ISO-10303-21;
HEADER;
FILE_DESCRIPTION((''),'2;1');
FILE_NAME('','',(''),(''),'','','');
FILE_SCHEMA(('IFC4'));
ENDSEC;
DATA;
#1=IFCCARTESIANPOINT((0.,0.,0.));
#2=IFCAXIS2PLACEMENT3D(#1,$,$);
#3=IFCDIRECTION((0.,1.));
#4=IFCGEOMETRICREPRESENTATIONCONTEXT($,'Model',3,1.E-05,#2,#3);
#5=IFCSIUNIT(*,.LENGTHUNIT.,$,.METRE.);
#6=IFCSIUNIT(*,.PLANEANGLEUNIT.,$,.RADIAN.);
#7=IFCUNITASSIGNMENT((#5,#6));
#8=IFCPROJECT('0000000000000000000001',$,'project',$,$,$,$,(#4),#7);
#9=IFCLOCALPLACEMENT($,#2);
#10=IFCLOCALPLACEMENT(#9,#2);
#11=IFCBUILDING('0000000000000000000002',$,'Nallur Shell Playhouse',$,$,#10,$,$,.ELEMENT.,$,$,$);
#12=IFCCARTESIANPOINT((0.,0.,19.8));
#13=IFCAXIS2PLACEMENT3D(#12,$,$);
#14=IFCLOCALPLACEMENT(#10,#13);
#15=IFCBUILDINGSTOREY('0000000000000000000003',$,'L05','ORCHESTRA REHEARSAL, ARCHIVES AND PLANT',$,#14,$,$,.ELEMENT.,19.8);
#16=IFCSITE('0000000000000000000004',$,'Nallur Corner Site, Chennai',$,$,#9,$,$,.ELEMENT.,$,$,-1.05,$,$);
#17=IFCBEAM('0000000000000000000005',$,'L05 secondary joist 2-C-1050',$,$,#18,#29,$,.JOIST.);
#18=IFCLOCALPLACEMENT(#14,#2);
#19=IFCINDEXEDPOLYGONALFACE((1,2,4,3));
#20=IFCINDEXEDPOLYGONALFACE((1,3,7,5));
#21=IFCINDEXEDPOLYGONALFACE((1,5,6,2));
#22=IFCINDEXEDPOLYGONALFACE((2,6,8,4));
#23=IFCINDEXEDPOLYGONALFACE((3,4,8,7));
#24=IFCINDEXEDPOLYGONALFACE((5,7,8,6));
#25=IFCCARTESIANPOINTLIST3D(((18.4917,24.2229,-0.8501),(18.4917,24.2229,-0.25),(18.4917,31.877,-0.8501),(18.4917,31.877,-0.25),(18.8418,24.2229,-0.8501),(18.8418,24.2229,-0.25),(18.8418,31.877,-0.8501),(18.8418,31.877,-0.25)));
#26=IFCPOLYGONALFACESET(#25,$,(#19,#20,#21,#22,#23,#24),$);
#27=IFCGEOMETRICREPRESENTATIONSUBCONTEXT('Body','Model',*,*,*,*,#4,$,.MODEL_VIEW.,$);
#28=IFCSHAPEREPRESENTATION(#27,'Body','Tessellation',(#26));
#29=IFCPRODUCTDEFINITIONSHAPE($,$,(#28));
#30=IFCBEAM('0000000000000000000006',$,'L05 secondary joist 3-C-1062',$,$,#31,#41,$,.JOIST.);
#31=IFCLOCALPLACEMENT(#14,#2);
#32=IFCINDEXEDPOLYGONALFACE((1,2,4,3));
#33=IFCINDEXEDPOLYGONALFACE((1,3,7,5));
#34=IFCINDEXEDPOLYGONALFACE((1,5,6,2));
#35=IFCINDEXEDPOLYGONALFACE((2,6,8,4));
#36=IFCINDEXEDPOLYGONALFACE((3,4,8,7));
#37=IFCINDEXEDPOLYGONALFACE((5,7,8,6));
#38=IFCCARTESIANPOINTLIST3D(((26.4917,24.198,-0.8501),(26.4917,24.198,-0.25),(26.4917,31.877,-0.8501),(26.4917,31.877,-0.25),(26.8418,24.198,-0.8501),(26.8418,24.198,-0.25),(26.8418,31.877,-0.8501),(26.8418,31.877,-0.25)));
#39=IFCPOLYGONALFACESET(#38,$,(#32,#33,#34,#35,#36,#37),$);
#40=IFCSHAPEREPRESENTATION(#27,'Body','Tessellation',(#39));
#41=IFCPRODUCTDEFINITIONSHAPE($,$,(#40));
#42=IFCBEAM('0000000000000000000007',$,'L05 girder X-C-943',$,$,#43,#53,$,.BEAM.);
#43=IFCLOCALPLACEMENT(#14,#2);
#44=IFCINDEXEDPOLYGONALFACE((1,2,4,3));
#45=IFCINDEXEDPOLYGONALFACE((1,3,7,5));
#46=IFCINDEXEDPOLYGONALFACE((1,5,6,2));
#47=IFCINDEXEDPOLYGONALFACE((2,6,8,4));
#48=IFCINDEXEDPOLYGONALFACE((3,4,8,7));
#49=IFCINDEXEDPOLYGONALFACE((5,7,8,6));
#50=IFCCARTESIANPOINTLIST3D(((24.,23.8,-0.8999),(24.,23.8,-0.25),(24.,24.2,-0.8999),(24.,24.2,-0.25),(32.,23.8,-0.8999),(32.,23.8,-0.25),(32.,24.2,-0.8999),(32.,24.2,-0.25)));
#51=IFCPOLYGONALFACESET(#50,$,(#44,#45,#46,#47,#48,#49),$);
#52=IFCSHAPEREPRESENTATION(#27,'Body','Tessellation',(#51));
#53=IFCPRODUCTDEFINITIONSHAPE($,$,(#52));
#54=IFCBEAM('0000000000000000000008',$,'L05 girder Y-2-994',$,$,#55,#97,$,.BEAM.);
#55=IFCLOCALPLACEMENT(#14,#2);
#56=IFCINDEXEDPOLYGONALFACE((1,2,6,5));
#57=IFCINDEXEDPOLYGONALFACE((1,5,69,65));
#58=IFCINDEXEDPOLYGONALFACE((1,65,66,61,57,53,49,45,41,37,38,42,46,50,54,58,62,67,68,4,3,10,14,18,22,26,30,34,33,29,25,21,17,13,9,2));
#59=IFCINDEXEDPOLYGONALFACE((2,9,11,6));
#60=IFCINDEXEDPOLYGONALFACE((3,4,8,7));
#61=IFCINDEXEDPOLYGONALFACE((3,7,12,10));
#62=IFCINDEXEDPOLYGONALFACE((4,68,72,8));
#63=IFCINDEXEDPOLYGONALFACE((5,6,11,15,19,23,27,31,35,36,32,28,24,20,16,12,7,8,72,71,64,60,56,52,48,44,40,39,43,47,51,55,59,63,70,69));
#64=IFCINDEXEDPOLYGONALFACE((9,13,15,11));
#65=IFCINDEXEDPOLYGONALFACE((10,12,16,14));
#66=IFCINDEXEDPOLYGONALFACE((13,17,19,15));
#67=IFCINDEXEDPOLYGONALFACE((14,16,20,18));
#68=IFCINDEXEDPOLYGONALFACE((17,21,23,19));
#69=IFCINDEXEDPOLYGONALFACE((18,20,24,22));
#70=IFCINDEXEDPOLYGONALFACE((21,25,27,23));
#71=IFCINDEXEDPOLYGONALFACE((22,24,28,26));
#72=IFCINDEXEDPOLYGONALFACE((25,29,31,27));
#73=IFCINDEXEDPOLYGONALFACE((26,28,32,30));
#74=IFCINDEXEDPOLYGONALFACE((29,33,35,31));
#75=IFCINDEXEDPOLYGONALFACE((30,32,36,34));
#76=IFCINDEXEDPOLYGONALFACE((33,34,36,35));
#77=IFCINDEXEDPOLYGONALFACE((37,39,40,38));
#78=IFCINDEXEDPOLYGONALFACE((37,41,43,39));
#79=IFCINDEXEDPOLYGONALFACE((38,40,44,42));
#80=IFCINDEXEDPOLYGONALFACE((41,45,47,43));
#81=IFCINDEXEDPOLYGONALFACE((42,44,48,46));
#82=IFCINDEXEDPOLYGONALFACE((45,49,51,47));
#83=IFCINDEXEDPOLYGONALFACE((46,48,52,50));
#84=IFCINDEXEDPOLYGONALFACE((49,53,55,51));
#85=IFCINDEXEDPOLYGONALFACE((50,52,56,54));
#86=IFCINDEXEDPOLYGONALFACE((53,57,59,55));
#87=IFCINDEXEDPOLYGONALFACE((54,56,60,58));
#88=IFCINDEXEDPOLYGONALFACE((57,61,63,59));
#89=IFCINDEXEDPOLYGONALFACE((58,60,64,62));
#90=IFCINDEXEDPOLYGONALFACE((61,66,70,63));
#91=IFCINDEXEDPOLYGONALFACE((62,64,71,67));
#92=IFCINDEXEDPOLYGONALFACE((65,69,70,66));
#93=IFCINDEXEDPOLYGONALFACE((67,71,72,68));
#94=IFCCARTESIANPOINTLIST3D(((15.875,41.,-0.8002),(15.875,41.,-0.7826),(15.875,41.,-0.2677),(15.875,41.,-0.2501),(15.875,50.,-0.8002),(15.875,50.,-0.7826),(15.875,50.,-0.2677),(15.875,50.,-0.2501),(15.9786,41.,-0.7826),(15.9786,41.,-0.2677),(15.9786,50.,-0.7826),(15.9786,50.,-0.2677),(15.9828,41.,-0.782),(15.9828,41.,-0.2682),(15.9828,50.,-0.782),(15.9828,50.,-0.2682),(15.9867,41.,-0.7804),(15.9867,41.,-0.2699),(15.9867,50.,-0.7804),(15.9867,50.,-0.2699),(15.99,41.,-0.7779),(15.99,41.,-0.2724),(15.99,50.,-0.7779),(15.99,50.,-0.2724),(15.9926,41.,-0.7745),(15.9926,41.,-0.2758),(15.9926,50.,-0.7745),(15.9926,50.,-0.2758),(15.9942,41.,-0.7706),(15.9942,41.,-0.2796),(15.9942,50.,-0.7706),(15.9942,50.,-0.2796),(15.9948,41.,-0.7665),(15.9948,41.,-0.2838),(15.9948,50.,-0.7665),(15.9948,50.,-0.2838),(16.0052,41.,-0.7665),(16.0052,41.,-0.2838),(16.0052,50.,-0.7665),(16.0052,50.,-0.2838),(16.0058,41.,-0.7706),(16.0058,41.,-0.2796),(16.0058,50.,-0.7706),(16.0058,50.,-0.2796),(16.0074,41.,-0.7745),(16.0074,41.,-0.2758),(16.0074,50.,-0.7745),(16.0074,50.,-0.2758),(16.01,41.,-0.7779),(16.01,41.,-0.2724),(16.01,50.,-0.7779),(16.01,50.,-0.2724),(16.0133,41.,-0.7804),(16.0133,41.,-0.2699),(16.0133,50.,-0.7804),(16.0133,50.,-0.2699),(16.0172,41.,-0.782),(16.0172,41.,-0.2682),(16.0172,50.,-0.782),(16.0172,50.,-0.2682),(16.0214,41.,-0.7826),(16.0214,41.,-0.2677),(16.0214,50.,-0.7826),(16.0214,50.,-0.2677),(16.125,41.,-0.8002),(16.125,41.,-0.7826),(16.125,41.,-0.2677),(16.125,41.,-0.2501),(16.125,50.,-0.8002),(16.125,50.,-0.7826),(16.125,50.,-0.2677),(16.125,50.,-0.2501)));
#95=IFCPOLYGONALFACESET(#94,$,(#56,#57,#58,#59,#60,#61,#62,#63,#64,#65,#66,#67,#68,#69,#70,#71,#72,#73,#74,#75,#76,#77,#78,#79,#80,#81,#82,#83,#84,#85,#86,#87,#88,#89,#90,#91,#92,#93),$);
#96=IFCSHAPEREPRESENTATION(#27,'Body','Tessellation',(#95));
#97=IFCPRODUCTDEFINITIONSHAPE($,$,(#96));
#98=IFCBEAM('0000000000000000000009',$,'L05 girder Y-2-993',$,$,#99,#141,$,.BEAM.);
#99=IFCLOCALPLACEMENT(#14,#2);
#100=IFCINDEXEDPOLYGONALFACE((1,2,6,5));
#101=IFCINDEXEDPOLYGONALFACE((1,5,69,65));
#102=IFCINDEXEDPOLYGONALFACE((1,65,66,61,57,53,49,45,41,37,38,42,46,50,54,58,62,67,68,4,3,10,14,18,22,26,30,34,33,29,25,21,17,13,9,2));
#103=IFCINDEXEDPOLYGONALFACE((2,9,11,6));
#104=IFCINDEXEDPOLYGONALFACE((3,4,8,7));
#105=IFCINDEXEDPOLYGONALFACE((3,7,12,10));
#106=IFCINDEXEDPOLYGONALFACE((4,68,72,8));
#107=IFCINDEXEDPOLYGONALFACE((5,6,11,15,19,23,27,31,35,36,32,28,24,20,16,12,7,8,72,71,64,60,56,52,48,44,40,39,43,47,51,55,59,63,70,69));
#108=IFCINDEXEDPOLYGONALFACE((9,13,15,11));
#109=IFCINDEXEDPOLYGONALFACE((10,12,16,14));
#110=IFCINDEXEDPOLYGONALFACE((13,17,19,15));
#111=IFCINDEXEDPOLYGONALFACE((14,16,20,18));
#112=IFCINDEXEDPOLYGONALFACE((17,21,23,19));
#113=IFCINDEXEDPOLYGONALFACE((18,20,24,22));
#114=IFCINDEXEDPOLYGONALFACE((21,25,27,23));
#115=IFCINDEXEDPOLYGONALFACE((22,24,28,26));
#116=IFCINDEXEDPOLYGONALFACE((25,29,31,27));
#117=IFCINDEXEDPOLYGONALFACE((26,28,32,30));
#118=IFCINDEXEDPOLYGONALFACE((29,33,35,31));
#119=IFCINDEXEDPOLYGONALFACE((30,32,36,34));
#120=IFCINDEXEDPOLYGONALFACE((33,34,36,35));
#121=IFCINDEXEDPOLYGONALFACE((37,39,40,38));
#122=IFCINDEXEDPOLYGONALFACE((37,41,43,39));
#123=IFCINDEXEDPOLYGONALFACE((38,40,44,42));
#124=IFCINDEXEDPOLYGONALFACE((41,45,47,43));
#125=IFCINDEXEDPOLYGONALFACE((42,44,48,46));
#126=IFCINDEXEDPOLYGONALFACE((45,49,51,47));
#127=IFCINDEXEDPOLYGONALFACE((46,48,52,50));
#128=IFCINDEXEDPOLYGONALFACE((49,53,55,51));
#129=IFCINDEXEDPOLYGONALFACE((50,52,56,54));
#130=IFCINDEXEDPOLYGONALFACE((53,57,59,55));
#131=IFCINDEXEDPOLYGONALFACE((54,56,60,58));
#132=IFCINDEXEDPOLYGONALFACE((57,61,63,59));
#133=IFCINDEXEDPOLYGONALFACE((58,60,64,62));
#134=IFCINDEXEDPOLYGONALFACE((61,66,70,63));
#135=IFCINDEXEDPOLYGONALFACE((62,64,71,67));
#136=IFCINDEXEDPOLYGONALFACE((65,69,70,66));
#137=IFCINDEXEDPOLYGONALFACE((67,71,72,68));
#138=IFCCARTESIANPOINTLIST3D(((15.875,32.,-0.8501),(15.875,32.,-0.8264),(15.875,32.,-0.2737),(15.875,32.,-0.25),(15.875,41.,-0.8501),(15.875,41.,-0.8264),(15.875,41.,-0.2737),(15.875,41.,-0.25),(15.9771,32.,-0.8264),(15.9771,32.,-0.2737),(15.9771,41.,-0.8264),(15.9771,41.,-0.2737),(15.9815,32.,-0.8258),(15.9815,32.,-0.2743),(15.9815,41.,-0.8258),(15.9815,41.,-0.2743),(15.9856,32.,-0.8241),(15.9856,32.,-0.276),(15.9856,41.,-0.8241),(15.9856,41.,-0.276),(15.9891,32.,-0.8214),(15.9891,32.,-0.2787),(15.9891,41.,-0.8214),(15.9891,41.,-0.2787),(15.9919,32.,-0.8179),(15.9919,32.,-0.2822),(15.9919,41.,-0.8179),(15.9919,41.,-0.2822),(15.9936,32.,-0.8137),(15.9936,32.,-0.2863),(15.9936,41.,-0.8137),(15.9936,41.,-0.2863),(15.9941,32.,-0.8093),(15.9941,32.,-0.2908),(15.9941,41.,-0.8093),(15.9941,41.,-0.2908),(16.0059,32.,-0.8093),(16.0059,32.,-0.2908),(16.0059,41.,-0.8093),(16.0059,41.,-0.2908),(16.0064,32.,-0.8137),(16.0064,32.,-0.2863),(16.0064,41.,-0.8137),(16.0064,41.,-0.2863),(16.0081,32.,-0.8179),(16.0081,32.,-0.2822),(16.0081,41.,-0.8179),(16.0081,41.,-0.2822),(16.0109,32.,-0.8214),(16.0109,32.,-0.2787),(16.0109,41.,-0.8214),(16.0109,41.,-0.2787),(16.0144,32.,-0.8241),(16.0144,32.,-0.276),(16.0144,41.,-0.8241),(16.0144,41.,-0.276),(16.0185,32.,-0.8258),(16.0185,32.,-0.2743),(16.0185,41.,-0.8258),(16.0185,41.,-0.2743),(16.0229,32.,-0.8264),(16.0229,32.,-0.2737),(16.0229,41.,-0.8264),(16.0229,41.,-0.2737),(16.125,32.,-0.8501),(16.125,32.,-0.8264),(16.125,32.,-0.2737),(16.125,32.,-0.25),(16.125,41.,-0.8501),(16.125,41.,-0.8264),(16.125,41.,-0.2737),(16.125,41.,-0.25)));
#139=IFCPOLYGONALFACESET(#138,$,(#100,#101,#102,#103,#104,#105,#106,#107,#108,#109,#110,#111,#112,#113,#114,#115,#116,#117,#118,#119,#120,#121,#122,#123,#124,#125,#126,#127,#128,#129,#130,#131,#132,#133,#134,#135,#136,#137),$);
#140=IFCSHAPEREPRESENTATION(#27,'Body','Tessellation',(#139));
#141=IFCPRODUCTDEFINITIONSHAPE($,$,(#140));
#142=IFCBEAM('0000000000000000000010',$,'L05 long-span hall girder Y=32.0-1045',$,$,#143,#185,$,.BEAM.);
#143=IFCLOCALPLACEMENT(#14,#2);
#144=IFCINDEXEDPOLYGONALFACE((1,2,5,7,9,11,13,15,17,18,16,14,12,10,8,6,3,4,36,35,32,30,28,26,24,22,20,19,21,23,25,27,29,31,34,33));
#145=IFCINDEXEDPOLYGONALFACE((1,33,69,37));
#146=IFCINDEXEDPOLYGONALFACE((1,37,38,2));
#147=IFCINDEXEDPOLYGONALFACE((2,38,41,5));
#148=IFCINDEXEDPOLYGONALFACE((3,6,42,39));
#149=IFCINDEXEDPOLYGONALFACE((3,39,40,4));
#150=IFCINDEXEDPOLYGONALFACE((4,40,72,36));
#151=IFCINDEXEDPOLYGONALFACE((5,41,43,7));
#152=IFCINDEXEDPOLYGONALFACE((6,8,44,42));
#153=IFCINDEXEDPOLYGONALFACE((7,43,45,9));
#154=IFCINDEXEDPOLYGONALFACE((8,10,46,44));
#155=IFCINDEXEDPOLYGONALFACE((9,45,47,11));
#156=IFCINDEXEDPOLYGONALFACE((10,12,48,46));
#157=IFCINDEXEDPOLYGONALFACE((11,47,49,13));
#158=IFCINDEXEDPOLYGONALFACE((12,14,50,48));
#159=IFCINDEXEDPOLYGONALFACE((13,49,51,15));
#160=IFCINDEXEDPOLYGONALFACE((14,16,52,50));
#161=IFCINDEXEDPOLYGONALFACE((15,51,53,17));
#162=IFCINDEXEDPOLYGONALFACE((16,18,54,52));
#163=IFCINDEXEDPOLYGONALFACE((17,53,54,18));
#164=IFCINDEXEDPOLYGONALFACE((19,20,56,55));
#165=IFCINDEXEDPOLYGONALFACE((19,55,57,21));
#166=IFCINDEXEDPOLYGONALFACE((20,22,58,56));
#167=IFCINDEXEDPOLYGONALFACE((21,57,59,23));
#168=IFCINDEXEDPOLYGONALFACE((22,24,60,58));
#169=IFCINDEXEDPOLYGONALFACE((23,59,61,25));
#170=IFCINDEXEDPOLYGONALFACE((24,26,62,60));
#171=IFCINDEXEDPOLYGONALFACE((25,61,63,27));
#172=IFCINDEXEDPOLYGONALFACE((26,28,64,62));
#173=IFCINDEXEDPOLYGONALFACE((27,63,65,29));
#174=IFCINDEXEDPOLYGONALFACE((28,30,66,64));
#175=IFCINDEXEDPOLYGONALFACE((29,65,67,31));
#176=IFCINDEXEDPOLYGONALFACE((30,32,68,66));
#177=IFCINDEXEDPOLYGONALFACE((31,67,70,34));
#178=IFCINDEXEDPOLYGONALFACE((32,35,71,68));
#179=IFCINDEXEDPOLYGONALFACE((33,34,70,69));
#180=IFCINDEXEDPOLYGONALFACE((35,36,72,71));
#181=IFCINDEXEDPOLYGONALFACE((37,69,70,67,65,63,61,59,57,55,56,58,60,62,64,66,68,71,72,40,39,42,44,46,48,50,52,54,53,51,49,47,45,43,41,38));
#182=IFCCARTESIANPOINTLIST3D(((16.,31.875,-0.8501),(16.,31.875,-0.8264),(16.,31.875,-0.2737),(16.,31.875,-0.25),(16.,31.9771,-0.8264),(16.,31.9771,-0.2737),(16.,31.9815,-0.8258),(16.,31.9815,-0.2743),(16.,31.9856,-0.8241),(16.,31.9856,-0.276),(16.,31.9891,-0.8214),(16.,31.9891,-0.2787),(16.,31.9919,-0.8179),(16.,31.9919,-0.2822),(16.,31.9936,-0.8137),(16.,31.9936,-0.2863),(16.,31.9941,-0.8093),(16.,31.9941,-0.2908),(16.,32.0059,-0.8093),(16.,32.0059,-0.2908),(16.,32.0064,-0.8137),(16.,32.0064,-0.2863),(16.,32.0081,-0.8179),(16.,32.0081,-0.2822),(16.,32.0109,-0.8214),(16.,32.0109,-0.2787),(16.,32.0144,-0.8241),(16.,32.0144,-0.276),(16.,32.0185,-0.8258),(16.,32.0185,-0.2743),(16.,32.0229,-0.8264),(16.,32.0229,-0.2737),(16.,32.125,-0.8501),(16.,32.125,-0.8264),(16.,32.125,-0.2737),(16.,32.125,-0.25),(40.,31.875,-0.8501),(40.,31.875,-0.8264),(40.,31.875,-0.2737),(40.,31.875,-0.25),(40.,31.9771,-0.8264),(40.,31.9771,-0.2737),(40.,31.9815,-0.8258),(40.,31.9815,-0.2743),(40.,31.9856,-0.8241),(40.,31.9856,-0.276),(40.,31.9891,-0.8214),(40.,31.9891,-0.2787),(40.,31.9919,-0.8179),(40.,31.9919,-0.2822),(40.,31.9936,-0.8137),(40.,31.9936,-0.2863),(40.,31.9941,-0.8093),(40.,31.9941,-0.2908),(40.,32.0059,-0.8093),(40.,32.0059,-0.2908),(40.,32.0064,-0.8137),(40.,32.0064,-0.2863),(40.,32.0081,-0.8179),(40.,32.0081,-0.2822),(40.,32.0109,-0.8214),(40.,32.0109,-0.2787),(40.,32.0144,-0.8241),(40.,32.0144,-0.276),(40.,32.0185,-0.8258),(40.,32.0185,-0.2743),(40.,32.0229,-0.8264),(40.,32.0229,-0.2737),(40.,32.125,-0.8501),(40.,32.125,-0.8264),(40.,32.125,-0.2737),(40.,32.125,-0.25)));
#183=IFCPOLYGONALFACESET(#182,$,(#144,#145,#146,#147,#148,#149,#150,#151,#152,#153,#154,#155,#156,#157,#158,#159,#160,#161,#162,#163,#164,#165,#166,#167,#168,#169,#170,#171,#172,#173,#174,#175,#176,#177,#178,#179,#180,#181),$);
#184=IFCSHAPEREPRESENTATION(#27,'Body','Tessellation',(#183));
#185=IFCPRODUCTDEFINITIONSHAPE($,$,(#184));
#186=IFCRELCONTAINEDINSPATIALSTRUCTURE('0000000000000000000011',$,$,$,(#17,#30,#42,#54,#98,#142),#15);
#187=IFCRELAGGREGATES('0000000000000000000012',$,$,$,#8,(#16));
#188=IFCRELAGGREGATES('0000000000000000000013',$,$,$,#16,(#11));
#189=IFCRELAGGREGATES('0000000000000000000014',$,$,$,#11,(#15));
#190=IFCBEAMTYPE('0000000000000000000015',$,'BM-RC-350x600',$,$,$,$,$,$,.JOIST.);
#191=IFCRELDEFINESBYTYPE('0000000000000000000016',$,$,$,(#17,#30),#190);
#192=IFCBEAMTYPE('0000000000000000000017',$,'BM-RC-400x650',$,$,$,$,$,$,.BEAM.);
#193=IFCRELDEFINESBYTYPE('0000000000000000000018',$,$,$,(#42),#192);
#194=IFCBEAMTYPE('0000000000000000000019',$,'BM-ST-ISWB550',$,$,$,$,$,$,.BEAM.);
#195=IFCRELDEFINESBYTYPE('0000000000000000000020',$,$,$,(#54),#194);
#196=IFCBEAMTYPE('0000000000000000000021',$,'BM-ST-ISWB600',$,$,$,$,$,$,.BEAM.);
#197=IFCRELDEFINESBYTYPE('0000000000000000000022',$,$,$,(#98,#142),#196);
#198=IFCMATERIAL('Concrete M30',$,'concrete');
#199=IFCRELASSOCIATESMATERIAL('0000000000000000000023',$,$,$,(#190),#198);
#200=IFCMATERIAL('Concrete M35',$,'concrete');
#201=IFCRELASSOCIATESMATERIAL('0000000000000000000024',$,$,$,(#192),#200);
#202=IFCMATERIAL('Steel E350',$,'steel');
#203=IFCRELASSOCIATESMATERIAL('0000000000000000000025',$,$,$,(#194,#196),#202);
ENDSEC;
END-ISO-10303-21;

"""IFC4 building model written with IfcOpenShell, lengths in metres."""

from ifc_helpers import new_model, si_unit, direction, frame, origin, origin_2d, place, context, subcontext, project, spatial, rectangle, i_section, extrude, material, material_profile, profile_set, type_object, element, save


model = new_model("IFC4")

# Units and contexts
model_context = context("Model", 3, precision=1e-05, world=origin(), true_north=direction((0.0, 1.0)))
body_context = subcontext(model_context, "Body", "Model", "MODEL_VIEW")
ifc_project = project(units=[si_unit("LENGTHUNIT", "METRE"), si_unit("PLANEANGLEUNIT", "RADIAN")], contexts=[model_context])

# Site, building, storey
site_placement = place(None, origin())
site = spatial("IfcSite", under=ifc_project, at=site_placement, Name="Nallur Corner Site, Chennai", CompositionType="ELEMENT", RefElevation=-1.05)
building_placement = place(site_placement, origin())
building = spatial("IfcBuilding", under=site, at=building_placement, Name="Nallur Shell Playhouse", CompositionType="ELEMENT")
storey_placement = place(building_placement, frame((0.0, 0.0, 19.8)))
storey = spatial("IfcBuildingStorey", under=building, at=storey_placement, Name="L05", Description="ORCHESTRA REHEARSAL, ARCHIVES AND PLANT", CompositionType="ELEMENT", Elevation=19.8)

# Beams
ifc_material_1 = material(Name="Concrete M30", Category="concrete")
ifc_material_profile_1 = material_profile(ifc_material_1, rectangle(XDim=0.3501, YDim=0.6001, at=origin_2d()), Name="RC 350x600")
ifc_profile_set_1 = profile_set([ifc_material_profile_1], Name="Concrete M30")
beam_type_1 = type_object("IfcBeamType", Name="BM-RC-350x600", PredefinedType="JOIST", material=ifc_profile_set_1)
beam_1_placement = place(storey_placement, frame((18.6667, 24.2229, -0.55), z_axis=(0.0, 1.0, 0.0), x_axis=(-1.0, 0.0, 0.0)))
element("IfcBeam", 1, at=beam_1_placement, inside=storey, type_object=beam_type_1, Name="L05 secondary joist 2-C-1050", PredefinedType="JOIST", context=body_context, shape_type="SweptSolid", body=[
    extrude(rectangle(XDim=0.3501, YDim=0.6001, at=origin_2d()), origin(), (0.0, 0.0, 1.0), 7.6541),
])
beam_2_placement = place(storey_placement, frame((26.6667, 24.198, -0.55), z_axis=(0.0, 1.0, 0.0), x_axis=(-1.0, 0.0, 0.0)))
element("IfcBeam", 2, at=beam_2_placement, inside=storey, type_object=beam_type_1, Name="L05 secondary joist 3-C-1062", PredefinedType="JOIST", context=body_context, shape_type="SweptSolid", body=[
    extrude(rectangle(XDim=0.3501, YDim=0.6001, at=origin_2d()), origin(), (0.0, 0.0, 1.0), 7.679),
])
ifc_material_2 = material(Name="Concrete M35", Category="concrete")
ifc_material_profile_2 = material_profile(ifc_material_2, rectangle(XDim=0.3999, YDim=0.6499, at=origin_2d()), Name="RC 400x650")
ifc_profile_set_2 = profile_set([ifc_material_profile_2], Name="Concrete M35")
beam_type_2 = type_object("IfcBeamType", Name="BM-RC-400x650", PredefinedType="BEAM", material=ifc_profile_set_2)
beam_3_placement = place(storey_placement, frame((24.0, 24.0, -0.575), z_axis=(1.0, 0.0, 0.0), x_axis=(0.0, 1.0, 0.0)))
element("IfcBeam", 3, at=beam_3_placement, inside=storey, type_object=beam_type_2, Name="L05 girder X-C-943", PredefinedType="BEAM", context=body_context, shape_type="SweptSolid", body=[
    extrude(rectangle(XDim=0.3999, YDim=0.6499, at=origin_2d()), origin(), (0.0, 0.0, 1.0), 8.0),
])
ifc_material_3 = material(Name="Steel E350", Category="steel")
ifc_material_profile_3 = material_profile(ifc_material_3, i_section(OverallWidth=0.25, OverallDepth=0.55, WebThickness=0.0105, FlangeThickness=0.0176, FilletRadius=0.0161, at=origin_2d()), Name="ISWB 550")
ifc_profile_set_3 = profile_set([ifc_material_profile_3], Name="Steel E350")
beam_type_3 = type_object("IfcBeamType", Name="BM-ST-ISWB550", PredefinedType="BEAM", material=ifc_profile_set_3)
beam_4_placement = place(storey_placement, frame((16.0, 41.0, -0.5251), z_axis=(0.0, 1.0, 0.0), x_axis=(-1.0, 0.0, 0.0)))
element("IfcBeam", 4, at=beam_4_placement, inside=storey, type_object=beam_type_3, Name="L05 girder Y-2-994", PredefinedType="BEAM", context=body_context, shape_type="SweptSolid", body=[
    extrude(i_section(OverallWidth=0.25, OverallDepth=0.55, WebThickness=0.0105, FlangeThickness=0.0176, FilletRadius=0.0161, at=origin_2d()), origin(), (0.0, 0.0, 1.0), 9.0),
])
ifc_material_profile_4 = material_profile(ifc_material_3, i_section(OverallWidth=0.25, OverallDepth=0.6001, WebThickness=0.0117, FlangeThickness=0.0237, FilletRadius=0.0171, at=origin_2d()), Name="ISWB 600")
ifc_profile_set_4 = profile_set([ifc_material_profile_4], Name="Steel E350")
beam_type_4 = type_object("IfcBeamType", Name="BM-ST-ISWB600", PredefinedType="BEAM", material=ifc_profile_set_4)
beam_5_placement = place(storey_placement, frame((16.0, 32.0, -0.55), z_axis=(0.0, 1.0, 0.0), x_axis=(-1.0, 0.0, 0.0)))
element("IfcBeam", 5, at=beam_5_placement, inside=storey, type_object=beam_type_4, Name="L05 girder Y-2-993", PredefinedType="BEAM", context=body_context, shape_type="SweptSolid", body=[
    extrude(i_section(OverallWidth=0.25, OverallDepth=0.6001, WebThickness=0.0117, FlangeThickness=0.0237, FilletRadius=0.0171, at=origin_2d()), origin(), (0.0, 0.0, 1.0), 9.0),
])
for number, where, z_axis, x_axis, name in (
    (6, (16.0, 32.0, -0.55), (1.0, 0.0, 0.0), (0.0, 1.0, 0.0), "L05 long-span hall girder Y=32.0-1045"),
):
    element("IfcBeam", number, at=place(storey_placement, frame(where, z_axis=z_axis, x_axis=x_axis)), inside=storey, type_object=beam_type_4, Name=name, PredefinedType="BEAM", context=body_context, shape_type="SweptSolid", body=[
        extrude(i_section(OverallWidth=0.25, OverallDepth=0.6001, WebThickness=0.0117, FlangeThickness=0.0237, FilletRadius=0.0171, at=origin_2d()), origin(), (0.0, 0.0, 1.0), 24.0),
    ])

save(model, "model.ifc")
